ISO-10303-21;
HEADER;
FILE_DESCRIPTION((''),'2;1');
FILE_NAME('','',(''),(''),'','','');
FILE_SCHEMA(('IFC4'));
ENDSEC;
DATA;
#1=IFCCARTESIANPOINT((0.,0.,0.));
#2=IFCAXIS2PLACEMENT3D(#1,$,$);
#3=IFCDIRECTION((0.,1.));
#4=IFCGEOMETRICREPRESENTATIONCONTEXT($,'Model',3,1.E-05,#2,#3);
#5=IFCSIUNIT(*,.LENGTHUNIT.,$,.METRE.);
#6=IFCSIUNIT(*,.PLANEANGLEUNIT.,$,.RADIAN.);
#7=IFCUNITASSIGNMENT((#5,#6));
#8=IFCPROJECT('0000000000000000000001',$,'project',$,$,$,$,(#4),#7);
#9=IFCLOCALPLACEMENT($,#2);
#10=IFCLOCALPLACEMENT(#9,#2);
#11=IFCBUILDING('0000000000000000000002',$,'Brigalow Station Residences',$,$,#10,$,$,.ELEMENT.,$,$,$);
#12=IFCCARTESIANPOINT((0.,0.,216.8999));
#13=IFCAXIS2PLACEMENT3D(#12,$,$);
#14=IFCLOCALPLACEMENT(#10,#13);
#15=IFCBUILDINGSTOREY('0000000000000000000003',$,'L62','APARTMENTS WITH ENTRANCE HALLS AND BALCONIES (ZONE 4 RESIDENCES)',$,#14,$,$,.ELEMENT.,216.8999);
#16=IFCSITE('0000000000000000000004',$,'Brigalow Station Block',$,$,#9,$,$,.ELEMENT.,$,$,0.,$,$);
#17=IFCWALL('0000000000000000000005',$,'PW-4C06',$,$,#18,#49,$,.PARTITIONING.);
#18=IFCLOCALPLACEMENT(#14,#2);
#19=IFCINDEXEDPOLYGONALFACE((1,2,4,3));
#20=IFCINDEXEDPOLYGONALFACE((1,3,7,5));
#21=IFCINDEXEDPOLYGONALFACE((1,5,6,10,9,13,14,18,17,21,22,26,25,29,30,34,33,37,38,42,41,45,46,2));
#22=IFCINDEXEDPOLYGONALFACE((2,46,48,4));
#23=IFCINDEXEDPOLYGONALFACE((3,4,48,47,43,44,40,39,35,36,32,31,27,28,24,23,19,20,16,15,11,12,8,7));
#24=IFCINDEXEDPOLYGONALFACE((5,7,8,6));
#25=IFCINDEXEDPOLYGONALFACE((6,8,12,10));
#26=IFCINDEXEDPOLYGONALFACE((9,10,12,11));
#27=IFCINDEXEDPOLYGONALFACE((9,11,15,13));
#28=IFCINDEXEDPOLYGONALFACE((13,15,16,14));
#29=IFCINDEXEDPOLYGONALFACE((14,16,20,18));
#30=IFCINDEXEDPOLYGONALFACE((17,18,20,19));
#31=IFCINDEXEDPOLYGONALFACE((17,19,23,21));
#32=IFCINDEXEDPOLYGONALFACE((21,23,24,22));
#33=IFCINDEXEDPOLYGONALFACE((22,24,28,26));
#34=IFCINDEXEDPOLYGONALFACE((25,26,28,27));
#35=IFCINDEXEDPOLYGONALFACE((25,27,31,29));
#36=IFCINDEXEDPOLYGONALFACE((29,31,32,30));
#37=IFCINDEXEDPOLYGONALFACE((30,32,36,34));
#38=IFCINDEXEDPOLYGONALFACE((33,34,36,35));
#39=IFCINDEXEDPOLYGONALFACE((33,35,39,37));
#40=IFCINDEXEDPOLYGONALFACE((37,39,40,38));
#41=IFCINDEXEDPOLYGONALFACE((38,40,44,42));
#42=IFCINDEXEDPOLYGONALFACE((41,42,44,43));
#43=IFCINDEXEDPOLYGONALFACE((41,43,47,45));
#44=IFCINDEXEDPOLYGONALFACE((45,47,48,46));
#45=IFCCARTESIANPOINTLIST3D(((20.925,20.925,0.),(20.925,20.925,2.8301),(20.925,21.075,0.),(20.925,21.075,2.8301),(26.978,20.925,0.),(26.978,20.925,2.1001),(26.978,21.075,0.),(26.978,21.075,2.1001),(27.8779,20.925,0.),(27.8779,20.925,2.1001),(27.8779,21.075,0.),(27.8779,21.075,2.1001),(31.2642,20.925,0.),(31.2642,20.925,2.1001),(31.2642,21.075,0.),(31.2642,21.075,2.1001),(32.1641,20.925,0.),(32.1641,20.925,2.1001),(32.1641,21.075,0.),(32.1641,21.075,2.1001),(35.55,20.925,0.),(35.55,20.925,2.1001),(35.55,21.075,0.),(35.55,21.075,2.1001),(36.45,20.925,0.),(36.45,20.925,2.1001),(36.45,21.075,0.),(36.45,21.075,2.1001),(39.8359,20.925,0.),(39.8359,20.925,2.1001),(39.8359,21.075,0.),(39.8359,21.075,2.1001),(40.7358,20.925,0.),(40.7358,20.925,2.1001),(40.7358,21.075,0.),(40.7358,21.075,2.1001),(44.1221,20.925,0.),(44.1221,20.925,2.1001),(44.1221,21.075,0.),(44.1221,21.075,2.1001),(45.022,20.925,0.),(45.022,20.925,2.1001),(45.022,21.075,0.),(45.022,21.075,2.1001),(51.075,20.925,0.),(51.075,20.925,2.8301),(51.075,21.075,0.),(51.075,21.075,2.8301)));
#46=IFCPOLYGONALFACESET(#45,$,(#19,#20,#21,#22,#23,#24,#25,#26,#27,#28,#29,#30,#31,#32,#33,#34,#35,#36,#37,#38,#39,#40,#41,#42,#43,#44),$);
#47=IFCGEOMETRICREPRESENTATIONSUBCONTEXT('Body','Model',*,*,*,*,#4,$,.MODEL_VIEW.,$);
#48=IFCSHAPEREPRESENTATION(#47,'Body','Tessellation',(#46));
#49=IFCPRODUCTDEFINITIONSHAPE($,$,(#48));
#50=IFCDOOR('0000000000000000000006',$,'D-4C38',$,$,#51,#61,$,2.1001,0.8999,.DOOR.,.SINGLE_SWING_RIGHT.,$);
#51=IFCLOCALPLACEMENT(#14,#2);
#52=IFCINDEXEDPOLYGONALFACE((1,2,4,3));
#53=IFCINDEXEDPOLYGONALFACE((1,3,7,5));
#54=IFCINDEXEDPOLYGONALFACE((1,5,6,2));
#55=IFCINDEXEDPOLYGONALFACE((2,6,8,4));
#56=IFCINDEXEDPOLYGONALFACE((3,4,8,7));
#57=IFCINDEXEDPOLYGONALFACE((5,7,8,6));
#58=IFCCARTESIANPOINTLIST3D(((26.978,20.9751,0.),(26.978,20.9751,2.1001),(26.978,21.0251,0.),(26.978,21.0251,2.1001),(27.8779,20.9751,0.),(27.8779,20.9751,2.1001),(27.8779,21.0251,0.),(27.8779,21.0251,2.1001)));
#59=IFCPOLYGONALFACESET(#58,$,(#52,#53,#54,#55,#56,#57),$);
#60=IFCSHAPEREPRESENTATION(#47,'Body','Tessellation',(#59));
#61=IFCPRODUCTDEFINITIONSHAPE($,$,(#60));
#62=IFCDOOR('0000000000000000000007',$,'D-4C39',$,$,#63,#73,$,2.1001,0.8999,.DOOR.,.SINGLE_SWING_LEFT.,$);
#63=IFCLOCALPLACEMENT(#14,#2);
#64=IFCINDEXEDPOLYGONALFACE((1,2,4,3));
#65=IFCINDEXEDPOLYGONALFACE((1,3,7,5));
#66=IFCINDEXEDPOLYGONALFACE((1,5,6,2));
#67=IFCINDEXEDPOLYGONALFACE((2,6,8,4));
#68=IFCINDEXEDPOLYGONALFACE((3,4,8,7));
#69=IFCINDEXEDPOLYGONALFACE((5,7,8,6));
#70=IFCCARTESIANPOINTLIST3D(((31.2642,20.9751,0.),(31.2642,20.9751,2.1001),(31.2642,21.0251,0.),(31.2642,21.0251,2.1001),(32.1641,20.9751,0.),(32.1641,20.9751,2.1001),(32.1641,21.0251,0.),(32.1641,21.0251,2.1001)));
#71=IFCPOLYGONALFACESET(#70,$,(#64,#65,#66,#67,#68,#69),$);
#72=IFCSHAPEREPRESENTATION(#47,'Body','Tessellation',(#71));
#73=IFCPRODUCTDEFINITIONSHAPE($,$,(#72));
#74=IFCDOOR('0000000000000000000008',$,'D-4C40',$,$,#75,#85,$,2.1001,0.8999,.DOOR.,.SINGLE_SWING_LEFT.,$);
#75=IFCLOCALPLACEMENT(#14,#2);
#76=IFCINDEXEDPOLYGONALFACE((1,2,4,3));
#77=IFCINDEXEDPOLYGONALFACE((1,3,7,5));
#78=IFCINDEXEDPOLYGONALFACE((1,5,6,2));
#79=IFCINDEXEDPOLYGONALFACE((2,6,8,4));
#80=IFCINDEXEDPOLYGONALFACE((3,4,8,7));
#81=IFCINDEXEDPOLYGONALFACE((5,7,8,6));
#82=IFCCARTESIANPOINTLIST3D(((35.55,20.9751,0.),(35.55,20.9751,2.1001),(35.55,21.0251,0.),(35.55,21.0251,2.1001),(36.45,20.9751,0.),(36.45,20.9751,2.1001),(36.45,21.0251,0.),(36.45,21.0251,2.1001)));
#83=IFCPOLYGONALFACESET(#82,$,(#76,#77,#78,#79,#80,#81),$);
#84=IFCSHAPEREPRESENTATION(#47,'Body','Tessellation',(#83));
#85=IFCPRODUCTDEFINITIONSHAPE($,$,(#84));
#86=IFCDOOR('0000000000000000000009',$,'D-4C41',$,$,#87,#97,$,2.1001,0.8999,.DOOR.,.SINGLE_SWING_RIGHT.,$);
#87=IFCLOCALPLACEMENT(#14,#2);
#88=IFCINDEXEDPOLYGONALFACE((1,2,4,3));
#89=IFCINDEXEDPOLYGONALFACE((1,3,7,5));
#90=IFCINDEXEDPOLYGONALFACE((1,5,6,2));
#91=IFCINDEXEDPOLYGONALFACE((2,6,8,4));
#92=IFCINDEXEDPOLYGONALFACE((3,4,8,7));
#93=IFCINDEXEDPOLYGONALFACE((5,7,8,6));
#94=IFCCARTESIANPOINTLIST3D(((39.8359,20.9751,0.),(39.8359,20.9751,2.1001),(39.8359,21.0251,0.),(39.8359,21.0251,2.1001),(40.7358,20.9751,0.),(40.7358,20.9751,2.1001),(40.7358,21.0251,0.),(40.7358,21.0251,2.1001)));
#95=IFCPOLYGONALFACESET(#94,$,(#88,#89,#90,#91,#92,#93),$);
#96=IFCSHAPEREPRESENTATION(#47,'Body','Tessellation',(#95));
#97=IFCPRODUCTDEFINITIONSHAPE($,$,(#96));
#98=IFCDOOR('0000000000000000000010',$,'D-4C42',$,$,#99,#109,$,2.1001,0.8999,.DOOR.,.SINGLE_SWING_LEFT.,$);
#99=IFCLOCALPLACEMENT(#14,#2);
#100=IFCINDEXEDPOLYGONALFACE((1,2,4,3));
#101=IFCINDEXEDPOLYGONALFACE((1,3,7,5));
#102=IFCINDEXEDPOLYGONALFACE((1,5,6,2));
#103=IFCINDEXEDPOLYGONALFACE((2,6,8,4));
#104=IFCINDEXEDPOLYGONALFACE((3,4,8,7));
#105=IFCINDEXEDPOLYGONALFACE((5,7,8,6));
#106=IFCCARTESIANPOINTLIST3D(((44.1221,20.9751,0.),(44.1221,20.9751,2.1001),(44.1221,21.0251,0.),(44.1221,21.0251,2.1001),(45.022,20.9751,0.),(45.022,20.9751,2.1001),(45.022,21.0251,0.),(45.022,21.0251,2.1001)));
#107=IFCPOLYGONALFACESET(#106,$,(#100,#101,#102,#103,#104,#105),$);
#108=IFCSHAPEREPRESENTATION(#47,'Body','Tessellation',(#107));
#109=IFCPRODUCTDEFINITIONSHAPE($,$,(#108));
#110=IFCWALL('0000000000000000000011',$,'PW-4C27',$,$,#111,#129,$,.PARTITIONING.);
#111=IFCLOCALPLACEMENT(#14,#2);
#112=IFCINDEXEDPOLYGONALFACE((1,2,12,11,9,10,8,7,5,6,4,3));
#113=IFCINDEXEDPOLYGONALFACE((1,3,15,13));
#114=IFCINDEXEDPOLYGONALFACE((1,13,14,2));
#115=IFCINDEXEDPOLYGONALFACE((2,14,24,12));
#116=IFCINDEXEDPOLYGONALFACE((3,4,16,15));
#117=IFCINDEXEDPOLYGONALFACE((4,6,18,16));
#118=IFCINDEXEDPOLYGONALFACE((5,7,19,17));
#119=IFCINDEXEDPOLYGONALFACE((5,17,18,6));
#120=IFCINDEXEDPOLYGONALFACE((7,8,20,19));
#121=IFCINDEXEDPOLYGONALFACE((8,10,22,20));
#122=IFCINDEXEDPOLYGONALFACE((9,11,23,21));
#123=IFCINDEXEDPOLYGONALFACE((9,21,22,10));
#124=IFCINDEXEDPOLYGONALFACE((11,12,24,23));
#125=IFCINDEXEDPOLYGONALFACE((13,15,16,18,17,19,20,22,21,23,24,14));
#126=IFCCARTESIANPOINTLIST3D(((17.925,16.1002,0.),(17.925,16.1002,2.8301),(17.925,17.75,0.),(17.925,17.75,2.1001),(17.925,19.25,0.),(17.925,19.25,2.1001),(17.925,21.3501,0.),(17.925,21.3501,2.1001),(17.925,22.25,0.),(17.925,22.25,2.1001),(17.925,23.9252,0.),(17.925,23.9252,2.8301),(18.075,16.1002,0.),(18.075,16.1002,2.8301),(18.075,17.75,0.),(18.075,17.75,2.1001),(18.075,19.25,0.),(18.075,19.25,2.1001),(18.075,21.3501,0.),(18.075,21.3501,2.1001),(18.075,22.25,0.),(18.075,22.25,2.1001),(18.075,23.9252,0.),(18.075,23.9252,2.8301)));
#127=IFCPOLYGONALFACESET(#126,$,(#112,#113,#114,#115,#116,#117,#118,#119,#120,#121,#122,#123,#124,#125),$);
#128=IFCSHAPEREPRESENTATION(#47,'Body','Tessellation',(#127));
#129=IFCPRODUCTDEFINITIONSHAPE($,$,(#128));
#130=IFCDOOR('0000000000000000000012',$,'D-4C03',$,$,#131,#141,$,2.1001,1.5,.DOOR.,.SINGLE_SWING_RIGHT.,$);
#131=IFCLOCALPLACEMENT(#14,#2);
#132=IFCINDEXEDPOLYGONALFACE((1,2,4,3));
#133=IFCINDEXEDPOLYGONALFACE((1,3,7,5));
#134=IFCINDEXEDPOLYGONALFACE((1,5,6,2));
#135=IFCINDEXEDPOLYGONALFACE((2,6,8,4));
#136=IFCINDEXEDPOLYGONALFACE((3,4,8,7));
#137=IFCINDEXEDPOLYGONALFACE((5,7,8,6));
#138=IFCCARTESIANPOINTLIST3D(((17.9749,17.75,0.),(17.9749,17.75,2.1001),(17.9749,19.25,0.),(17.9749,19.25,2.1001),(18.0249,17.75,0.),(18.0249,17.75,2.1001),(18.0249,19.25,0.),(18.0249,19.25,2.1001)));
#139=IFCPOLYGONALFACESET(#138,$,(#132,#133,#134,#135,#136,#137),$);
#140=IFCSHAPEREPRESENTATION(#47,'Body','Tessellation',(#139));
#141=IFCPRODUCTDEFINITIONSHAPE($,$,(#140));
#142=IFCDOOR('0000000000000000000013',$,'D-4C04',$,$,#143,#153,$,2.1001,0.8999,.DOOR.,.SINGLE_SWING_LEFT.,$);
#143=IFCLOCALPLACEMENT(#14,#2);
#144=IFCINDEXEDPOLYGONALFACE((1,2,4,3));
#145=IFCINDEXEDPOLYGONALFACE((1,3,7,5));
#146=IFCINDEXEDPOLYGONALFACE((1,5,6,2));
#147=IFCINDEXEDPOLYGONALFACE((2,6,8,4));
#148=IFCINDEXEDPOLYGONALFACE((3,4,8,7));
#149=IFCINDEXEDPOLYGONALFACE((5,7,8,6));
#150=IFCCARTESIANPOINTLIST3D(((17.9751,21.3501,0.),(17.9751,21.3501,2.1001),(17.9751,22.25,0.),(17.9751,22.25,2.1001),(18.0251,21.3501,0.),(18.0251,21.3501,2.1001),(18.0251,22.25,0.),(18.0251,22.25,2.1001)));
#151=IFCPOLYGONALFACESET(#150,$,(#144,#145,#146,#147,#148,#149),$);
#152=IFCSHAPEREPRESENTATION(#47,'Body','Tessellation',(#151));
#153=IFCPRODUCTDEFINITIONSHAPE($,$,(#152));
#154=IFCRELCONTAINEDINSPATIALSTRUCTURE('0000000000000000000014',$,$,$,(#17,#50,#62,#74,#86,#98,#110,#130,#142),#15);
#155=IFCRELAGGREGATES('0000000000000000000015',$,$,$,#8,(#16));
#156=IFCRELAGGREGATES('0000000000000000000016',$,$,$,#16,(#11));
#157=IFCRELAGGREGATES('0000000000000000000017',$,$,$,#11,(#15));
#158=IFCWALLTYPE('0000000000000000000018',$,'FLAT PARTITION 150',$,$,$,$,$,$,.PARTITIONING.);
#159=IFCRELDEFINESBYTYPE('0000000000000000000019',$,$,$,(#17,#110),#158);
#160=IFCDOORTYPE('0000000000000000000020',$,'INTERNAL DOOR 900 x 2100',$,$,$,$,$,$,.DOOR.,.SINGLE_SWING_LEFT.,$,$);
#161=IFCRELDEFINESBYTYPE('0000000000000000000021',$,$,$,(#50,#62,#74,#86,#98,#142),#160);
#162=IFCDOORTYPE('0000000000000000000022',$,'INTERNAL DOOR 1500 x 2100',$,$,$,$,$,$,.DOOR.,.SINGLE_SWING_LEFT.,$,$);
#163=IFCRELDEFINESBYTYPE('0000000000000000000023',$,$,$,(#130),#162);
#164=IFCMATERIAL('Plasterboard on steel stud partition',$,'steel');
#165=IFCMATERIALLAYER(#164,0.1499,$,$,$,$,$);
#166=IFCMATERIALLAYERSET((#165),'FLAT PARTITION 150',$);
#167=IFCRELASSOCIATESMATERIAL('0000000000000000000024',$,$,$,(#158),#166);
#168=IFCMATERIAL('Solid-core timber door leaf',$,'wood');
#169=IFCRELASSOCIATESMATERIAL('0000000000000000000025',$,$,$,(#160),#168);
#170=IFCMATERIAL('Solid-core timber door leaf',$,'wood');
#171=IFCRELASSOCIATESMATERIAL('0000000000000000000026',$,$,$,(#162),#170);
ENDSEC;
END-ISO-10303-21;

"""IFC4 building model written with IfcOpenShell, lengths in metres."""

from ifc_helpers import new_model, si_unit, direction, frame, frame_2d, origin, place, context, subcontext, project, spatial, rectangle, extrude, material, layer, layer_set, type_object, element, fill, save


model = new_model("IFC4")

# Units and contexts
model_context = context("Model", 3, precision=1e-05, world=origin(), true_north=direction((0.0, 1.0)))
body_context = subcontext(model_context, "Body", "Model", "MODEL_VIEW")
ifc_project = project(units=[si_unit("LENGTHUNIT", "METRE"), si_unit("PLANEANGLEUNIT", "RADIAN")], contexts=[model_context])

# Site, building, storey
site_placement = place(None, origin())
site = spatial("IfcSite", under=ifc_project, at=site_placement, Name="Brigalow Station Block", CompositionType="ELEMENT", RefElevation=0.0)
building_placement = place(site_placement, origin())
building = spatial("IfcBuilding", under=site, at=building_placement, Name="Brigalow Station Residences", CompositionType="ELEMENT")
storey_placement = place(building_placement, frame((0.0, 0.0, 216.8999)))
storey = spatial("IfcBuildingStorey", under=building, at=storey_placement, Name="L62", Description="APARTMENTS WITH ENTRANCE HALLS AND BALCONIES (ZONE 4 RESIDENCES)", CompositionType="ELEMENT", Elevation=216.8999)

# Walls, openings, doors
ifc_material_1 = material(Name="Plasterboard on steel stud partition", Category="steel")
ifc_layer_1 = layer(ifc_material_1, 0.1499)
ifc_layer_set_1 = layer_set([ifc_layer_1], Name="FLAT PARTITION 150")
wall_type_1 = type_object("IfcWallType", Name="FLAT PARTITION 150", PredefinedType="PARTITIONING", material=ifc_layer_set_1)
wall_1_placement = place(storey_placement, frame((20.925, 21.0, 0.0), z_axis=(0.0, 0.0, 1.0), x_axis=(1.0, 0.0, 0.0)))
wall_1 = element("IfcWall", 1, at=wall_1_placement, inside=storey, type_object=wall_type_1, Name="PW-4C06", PredefinedType="PARTITIONING", context=body_context, shape_type="SweptSolid", body=[
    extrude(rectangle(XDim=30.1499, YDim=0.1499, at=frame_2d((15.075, 0.0))), origin(), (0.0, 0.0, 1.0), 2.8301),
])
opening_1_placement = place(wall_1_placement, frame((6.053, 0.0, 0.0)))
opening_1 = element("IfcOpeningElement", 2, at=opening_1_placement, cuts=wall_1, PredefinedType="OPENING", context=body_context, shape_type="SweptSolid", body=[
    extrude(rectangle(XDim=0.8999, YDim=2.1001, at=frame_2d((0.45, 1.05))), frame((0.0, 0.085, 0.0), z_axis=(0.0, -1.0, 0.0), x_axis=(1.0, 0.0, 0.0)), (0.0, 0.0, 1.0), 0.1699),
])
opening_2_placement = place(wall_1_placement, frame((10.3391, 0.0, 0.0)))
opening_2 = element("IfcOpeningElement", 3, at=opening_2_placement, cuts=wall_1, PredefinedType="OPENING", context=body_context, shape_type="SweptSolid", body=[
    extrude(rectangle(XDim=0.8999, YDim=2.1001, at=frame_2d((0.45, 1.05))), frame((0.0, 0.085, 0.0), z_axis=(0.0, -1.0, 0.0), x_axis=(1.0, 0.0, 0.0)), (0.0, 0.0, 1.0), 0.1699),
])
opening_3_placement = place(wall_1_placement, frame((14.625, 0.0, 0.0)))
opening_3 = element("IfcOpeningElement", 4, at=opening_3_placement, cuts=wall_1, PredefinedType="OPENING", context=body_context, shape_type="SweptSolid", body=[
    extrude(rectangle(XDim=0.8999, YDim=2.1001, at=frame_2d((0.45, 1.05))), frame((0.0, 0.085, 0.0), z_axis=(0.0, -1.0, 0.0), x_axis=(1.0, 0.0, 0.0)), (0.0, 0.0, 1.0), 0.1699),
])
opening_4_placement = place(wall_1_placement, frame((18.9109, 0.0, 0.0)))
opening_4 = element("IfcOpeningElement", 5, at=opening_4_placement, cuts=wall_1, PredefinedType="OPENING", context=body_context, shape_type="SweptSolid", body=[
    extrude(rectangle(XDim=0.8999, YDim=2.1001, at=frame_2d((0.45, 1.05))), frame((0.0, 0.085, 0.0), z_axis=(0.0, -1.0, 0.0), x_axis=(1.0, 0.0, 0.0)), (0.0, 0.0, 1.0), 0.1699),
])
opening_5_placement = place(wall_1_placement, frame((23.197, 0.0, 0.0)))
opening_5 = element("IfcOpeningElement", 6, at=opening_5_placement, cuts=wall_1, PredefinedType="OPENING", context=body_context, shape_type="SweptSolid", body=[
    extrude(rectangle(XDim=0.8999, YDim=2.1001, at=frame_2d((0.45, 1.05))), frame((0.0, 0.085, 0.0), z_axis=(0.0, -1.0, 0.0), x_axis=(1.0, 0.0, 0.0)), (0.0, 0.0, 1.0), 0.1699),
])
ifc_material_2 = material(Name="Solid-core timber door leaf", Category="wood")
door_type_1 = type_object("IfcDoorType", Name="INTERNAL DOOR 900 x 2100", OperationType="SINGLE_SWING_LEFT", PredefinedType="DOOR", material=ifc_material_2)
door_1_placement = place(opening_1_placement, frame((0.8999, 0.0, 0.0), z_axis=(0.0, 0.0, 1.0), x_axis=(-1.0, 0.0, 0.0)))
door_1 = element("IfcDoor", 7, at=door_1_placement, inside=storey, type_object=door_type_1, Name="D-4C38", OperationType="SINGLE_SWING_RIGHT", OverallHeight=2.1001, OverallWidth=0.8999, PredefinedType="DOOR", context=body_context, shape_type="SweptSolid", body=[
    extrude(rectangle(XDim=0.8999, YDim=2.1001, at=frame_2d((0.45, 1.05))), frame((0.0, 0.0249, 0.0), z_axis=(0.0, -1.0, 0.0), x_axis=(1.0, 0.0, 0.0)), (0.0, 0.0, 1.0), 0.05),
])
fill(opening_1, door_1)
door_2_placement = place(opening_2_placement, frame((0.8999, 0.0, 0.0), z_axis=(0.0, 0.0, 1.0), x_axis=(-1.0, 0.0, 0.0)))
door_2 = element("IfcDoor", 8, at=door_2_placement, inside=storey, type_object=door_type_1, Name="D-4C39", OperationType="SINGLE_SWING_LEFT", OverallHeight=2.1001, OverallWidth=0.8999, PredefinedType="DOOR", context=body_context, shape_type="SweptSolid", body=[
    extrude(rectangle(XDim=0.8999, YDim=2.1001, at=frame_2d((0.45, 1.05))), frame((0.0, 0.0249, 0.0), z_axis=(0.0, -1.0, 0.0), x_axis=(1.0, 0.0, 0.0)), (0.0, 0.0, 1.0), 0.05),
])
fill(opening_2, door_2)
door_3_placement = place(opening_3_placement, frame((0.8999, 0.0, 0.0), z_axis=(0.0, 0.0, 1.0), x_axis=(-1.0, 0.0, 0.0)))
door_3 = element("IfcDoor", 9, at=door_3_placement, inside=storey, type_object=door_type_1, Name="D-4C40", OperationType="SINGLE_SWING_LEFT", OverallHeight=2.1001, OverallWidth=0.8999, PredefinedType="DOOR", context=body_context, shape_type="SweptSolid", body=[
    extrude(rectangle(XDim=0.8999, YDim=2.1001, at=frame_2d((0.45, 1.05))), frame((0.0, 0.0249, 0.0), z_axis=(0.0, -1.0, 0.0), x_axis=(1.0, 0.0, 0.0)), (0.0, 0.0, 1.0), 0.05),
])
fill(opening_3, door_3)
door_4_placement = place(opening_4_placement, frame((0.8999, 0.0, 0.0), z_axis=(0.0, 0.0, 1.0), x_axis=(-1.0, 0.0, 0.0)))
door_4 = element("IfcDoor", 10, at=door_4_placement, inside=storey, type_object=door_type_1, Name="D-4C41", OperationType="SINGLE_SWING_RIGHT", OverallHeight=2.1001, OverallWidth=0.8999, PredefinedType="DOOR", context=body_context, shape_type="SweptSolid", body=[
    extrude(rectangle(XDim=0.8999, YDim=2.1001, at=frame_2d((0.45, 1.05))), frame((0.0, 0.0249, 0.0), z_axis=(0.0, -1.0, 0.0), x_axis=(1.0, 0.0, 0.0)), (0.0, 0.0, 1.0), 0.05),
])
fill(opening_4, door_4)
door_5_placement = place(opening_5_placement, frame((0.8999, 0.0, 0.0), z_axis=(0.0, 0.0, 1.0), x_axis=(-1.0, 0.0, 0.0)))
door_5 = element("IfcDoor", 11, at=door_5_placement, inside=storey, type_object=door_type_1, Name="D-4C42", OperationType="SINGLE_SWING_LEFT", OverallHeight=2.1001, OverallWidth=0.8999, PredefinedType="DOOR", context=body_context, shape_type="SweptSolid", body=[
    extrude(rectangle(XDim=0.8999, YDim=2.1001, at=frame_2d((0.45, 1.05))), frame((0.0, 0.0249, 0.0), z_axis=(0.0, -1.0, 0.0), x_axis=(1.0, 0.0, 0.0)), (0.0, 0.0, 1.0), 0.05),
])
fill(opening_5, door_5)
wall_2_placement = place(storey_placement, frame((18.0, 16.1001, 0.0), z_axis=(0.0, 0.0, 1.0), x_axis=(0.0, 1.0, 0.0)))
wall_2 = element("IfcWall", 12, at=wall_2_placement, inside=storey, type_object=wall_type_1, Name="PW-4C27", PredefinedType="PARTITIONING", context=body_context, shape_type="SweptSolid", body=[
    extrude(rectangle(XDim=7.825, YDim=0.1499, at=frame_2d((3.9126, 0.0))), origin(), (0.0, 0.0, 1.0), 2.8301),
])
opening_6_placement = place(wall_2_placement, frame((1.6499, 0.0, 0.0)))
opening_6 = element("IfcOpeningElement", 13, at=opening_6_placement, cuts=wall_2, PredefinedType="OPENING", context=body_context, shape_type="SweptSolid", body=[
    extrude(rectangle(XDim=1.5, YDim=2.1001, at=frame_2d((0.75, 1.05))), frame((0.0, 0.085, 0.0), z_axis=(0.0, -1.0, 0.0), x_axis=(1.0, 0.0, 0.0)), (0.0, 0.0, 1.0), 0.1699),
])
opening_7_placement = place(wall_2_placement, frame((5.25, 0.0, 0.0)))
opening_7 = element("IfcOpeningElement", 14, at=opening_7_placement, cuts=wall_2, PredefinedType="OPENING", context=body_context, shape_type="SweptSolid", body=[
    extrude(rectangle(XDim=0.8999, YDim=2.1001, at=frame_2d((0.45, 1.05))), frame((0.0, 0.085, 0.0), z_axis=(0.0, -1.0, 0.0), x_axis=(1.0, 0.0, 0.0)), (0.0, 0.0, 1.0), 0.1699),
])
ifc_material_3 = material(Name="Solid-core timber door leaf", Category="wood")
door_type_2 = type_object("IfcDoorType", Name="INTERNAL DOOR 1500 x 2100", OperationType="SINGLE_SWING_LEFT", PredefinedType="DOOR", material=ifc_material_3)
door_6_placement = place(opening_6_placement, frame((1.5, 0.0, 0.0), z_axis=(0.0, 0.0, 1.0), x_axis=(-1.0, 0.0, 0.0)))
door_6 = element("IfcDoor", 15, at=door_6_placement, inside=storey, type_object=door_type_2, Name="D-4C03", OperationType="SINGLE_SWING_RIGHT", OverallHeight=2.1001, OverallWidth=1.5, PredefinedType="DOOR", context=body_context, shape_type="SweptSolid", body=[
    extrude(rectangle(XDim=1.5, YDim=2.1001, at=frame_2d((0.75, 1.05))), frame((0.0, 0.0249, 0.0), z_axis=(0.0, -1.0, 0.0), x_axis=(1.0, 0.0, 0.0)), (0.0, 0.0, 1.0), 0.05),
])
fill(opening_6, door_6)
door_7_placement = place(opening_7_placement, origin())
door_7 = element("IfcDoor", 16, at=door_7_placement, inside=storey, type_object=door_type_1, Name="D-4C04", OperationType="SINGLE_SWING_LEFT", OverallHeight=2.1001, OverallWidth=0.8999, PredefinedType="DOOR", context=body_context, shape_type="SweptSolid", body=[
    extrude(rectangle(XDim=0.8999, YDim=2.1001, at=frame_2d((0.45, 1.05))), frame((0.0, 0.0249, 0.0), z_axis=(0.0, -1.0, 0.0), x_axis=(1.0, 0.0, 0.0)), (0.0, 0.0, 1.0), 0.05),
])
fill(opening_7, door_7)

save(model, "model.ifc")
